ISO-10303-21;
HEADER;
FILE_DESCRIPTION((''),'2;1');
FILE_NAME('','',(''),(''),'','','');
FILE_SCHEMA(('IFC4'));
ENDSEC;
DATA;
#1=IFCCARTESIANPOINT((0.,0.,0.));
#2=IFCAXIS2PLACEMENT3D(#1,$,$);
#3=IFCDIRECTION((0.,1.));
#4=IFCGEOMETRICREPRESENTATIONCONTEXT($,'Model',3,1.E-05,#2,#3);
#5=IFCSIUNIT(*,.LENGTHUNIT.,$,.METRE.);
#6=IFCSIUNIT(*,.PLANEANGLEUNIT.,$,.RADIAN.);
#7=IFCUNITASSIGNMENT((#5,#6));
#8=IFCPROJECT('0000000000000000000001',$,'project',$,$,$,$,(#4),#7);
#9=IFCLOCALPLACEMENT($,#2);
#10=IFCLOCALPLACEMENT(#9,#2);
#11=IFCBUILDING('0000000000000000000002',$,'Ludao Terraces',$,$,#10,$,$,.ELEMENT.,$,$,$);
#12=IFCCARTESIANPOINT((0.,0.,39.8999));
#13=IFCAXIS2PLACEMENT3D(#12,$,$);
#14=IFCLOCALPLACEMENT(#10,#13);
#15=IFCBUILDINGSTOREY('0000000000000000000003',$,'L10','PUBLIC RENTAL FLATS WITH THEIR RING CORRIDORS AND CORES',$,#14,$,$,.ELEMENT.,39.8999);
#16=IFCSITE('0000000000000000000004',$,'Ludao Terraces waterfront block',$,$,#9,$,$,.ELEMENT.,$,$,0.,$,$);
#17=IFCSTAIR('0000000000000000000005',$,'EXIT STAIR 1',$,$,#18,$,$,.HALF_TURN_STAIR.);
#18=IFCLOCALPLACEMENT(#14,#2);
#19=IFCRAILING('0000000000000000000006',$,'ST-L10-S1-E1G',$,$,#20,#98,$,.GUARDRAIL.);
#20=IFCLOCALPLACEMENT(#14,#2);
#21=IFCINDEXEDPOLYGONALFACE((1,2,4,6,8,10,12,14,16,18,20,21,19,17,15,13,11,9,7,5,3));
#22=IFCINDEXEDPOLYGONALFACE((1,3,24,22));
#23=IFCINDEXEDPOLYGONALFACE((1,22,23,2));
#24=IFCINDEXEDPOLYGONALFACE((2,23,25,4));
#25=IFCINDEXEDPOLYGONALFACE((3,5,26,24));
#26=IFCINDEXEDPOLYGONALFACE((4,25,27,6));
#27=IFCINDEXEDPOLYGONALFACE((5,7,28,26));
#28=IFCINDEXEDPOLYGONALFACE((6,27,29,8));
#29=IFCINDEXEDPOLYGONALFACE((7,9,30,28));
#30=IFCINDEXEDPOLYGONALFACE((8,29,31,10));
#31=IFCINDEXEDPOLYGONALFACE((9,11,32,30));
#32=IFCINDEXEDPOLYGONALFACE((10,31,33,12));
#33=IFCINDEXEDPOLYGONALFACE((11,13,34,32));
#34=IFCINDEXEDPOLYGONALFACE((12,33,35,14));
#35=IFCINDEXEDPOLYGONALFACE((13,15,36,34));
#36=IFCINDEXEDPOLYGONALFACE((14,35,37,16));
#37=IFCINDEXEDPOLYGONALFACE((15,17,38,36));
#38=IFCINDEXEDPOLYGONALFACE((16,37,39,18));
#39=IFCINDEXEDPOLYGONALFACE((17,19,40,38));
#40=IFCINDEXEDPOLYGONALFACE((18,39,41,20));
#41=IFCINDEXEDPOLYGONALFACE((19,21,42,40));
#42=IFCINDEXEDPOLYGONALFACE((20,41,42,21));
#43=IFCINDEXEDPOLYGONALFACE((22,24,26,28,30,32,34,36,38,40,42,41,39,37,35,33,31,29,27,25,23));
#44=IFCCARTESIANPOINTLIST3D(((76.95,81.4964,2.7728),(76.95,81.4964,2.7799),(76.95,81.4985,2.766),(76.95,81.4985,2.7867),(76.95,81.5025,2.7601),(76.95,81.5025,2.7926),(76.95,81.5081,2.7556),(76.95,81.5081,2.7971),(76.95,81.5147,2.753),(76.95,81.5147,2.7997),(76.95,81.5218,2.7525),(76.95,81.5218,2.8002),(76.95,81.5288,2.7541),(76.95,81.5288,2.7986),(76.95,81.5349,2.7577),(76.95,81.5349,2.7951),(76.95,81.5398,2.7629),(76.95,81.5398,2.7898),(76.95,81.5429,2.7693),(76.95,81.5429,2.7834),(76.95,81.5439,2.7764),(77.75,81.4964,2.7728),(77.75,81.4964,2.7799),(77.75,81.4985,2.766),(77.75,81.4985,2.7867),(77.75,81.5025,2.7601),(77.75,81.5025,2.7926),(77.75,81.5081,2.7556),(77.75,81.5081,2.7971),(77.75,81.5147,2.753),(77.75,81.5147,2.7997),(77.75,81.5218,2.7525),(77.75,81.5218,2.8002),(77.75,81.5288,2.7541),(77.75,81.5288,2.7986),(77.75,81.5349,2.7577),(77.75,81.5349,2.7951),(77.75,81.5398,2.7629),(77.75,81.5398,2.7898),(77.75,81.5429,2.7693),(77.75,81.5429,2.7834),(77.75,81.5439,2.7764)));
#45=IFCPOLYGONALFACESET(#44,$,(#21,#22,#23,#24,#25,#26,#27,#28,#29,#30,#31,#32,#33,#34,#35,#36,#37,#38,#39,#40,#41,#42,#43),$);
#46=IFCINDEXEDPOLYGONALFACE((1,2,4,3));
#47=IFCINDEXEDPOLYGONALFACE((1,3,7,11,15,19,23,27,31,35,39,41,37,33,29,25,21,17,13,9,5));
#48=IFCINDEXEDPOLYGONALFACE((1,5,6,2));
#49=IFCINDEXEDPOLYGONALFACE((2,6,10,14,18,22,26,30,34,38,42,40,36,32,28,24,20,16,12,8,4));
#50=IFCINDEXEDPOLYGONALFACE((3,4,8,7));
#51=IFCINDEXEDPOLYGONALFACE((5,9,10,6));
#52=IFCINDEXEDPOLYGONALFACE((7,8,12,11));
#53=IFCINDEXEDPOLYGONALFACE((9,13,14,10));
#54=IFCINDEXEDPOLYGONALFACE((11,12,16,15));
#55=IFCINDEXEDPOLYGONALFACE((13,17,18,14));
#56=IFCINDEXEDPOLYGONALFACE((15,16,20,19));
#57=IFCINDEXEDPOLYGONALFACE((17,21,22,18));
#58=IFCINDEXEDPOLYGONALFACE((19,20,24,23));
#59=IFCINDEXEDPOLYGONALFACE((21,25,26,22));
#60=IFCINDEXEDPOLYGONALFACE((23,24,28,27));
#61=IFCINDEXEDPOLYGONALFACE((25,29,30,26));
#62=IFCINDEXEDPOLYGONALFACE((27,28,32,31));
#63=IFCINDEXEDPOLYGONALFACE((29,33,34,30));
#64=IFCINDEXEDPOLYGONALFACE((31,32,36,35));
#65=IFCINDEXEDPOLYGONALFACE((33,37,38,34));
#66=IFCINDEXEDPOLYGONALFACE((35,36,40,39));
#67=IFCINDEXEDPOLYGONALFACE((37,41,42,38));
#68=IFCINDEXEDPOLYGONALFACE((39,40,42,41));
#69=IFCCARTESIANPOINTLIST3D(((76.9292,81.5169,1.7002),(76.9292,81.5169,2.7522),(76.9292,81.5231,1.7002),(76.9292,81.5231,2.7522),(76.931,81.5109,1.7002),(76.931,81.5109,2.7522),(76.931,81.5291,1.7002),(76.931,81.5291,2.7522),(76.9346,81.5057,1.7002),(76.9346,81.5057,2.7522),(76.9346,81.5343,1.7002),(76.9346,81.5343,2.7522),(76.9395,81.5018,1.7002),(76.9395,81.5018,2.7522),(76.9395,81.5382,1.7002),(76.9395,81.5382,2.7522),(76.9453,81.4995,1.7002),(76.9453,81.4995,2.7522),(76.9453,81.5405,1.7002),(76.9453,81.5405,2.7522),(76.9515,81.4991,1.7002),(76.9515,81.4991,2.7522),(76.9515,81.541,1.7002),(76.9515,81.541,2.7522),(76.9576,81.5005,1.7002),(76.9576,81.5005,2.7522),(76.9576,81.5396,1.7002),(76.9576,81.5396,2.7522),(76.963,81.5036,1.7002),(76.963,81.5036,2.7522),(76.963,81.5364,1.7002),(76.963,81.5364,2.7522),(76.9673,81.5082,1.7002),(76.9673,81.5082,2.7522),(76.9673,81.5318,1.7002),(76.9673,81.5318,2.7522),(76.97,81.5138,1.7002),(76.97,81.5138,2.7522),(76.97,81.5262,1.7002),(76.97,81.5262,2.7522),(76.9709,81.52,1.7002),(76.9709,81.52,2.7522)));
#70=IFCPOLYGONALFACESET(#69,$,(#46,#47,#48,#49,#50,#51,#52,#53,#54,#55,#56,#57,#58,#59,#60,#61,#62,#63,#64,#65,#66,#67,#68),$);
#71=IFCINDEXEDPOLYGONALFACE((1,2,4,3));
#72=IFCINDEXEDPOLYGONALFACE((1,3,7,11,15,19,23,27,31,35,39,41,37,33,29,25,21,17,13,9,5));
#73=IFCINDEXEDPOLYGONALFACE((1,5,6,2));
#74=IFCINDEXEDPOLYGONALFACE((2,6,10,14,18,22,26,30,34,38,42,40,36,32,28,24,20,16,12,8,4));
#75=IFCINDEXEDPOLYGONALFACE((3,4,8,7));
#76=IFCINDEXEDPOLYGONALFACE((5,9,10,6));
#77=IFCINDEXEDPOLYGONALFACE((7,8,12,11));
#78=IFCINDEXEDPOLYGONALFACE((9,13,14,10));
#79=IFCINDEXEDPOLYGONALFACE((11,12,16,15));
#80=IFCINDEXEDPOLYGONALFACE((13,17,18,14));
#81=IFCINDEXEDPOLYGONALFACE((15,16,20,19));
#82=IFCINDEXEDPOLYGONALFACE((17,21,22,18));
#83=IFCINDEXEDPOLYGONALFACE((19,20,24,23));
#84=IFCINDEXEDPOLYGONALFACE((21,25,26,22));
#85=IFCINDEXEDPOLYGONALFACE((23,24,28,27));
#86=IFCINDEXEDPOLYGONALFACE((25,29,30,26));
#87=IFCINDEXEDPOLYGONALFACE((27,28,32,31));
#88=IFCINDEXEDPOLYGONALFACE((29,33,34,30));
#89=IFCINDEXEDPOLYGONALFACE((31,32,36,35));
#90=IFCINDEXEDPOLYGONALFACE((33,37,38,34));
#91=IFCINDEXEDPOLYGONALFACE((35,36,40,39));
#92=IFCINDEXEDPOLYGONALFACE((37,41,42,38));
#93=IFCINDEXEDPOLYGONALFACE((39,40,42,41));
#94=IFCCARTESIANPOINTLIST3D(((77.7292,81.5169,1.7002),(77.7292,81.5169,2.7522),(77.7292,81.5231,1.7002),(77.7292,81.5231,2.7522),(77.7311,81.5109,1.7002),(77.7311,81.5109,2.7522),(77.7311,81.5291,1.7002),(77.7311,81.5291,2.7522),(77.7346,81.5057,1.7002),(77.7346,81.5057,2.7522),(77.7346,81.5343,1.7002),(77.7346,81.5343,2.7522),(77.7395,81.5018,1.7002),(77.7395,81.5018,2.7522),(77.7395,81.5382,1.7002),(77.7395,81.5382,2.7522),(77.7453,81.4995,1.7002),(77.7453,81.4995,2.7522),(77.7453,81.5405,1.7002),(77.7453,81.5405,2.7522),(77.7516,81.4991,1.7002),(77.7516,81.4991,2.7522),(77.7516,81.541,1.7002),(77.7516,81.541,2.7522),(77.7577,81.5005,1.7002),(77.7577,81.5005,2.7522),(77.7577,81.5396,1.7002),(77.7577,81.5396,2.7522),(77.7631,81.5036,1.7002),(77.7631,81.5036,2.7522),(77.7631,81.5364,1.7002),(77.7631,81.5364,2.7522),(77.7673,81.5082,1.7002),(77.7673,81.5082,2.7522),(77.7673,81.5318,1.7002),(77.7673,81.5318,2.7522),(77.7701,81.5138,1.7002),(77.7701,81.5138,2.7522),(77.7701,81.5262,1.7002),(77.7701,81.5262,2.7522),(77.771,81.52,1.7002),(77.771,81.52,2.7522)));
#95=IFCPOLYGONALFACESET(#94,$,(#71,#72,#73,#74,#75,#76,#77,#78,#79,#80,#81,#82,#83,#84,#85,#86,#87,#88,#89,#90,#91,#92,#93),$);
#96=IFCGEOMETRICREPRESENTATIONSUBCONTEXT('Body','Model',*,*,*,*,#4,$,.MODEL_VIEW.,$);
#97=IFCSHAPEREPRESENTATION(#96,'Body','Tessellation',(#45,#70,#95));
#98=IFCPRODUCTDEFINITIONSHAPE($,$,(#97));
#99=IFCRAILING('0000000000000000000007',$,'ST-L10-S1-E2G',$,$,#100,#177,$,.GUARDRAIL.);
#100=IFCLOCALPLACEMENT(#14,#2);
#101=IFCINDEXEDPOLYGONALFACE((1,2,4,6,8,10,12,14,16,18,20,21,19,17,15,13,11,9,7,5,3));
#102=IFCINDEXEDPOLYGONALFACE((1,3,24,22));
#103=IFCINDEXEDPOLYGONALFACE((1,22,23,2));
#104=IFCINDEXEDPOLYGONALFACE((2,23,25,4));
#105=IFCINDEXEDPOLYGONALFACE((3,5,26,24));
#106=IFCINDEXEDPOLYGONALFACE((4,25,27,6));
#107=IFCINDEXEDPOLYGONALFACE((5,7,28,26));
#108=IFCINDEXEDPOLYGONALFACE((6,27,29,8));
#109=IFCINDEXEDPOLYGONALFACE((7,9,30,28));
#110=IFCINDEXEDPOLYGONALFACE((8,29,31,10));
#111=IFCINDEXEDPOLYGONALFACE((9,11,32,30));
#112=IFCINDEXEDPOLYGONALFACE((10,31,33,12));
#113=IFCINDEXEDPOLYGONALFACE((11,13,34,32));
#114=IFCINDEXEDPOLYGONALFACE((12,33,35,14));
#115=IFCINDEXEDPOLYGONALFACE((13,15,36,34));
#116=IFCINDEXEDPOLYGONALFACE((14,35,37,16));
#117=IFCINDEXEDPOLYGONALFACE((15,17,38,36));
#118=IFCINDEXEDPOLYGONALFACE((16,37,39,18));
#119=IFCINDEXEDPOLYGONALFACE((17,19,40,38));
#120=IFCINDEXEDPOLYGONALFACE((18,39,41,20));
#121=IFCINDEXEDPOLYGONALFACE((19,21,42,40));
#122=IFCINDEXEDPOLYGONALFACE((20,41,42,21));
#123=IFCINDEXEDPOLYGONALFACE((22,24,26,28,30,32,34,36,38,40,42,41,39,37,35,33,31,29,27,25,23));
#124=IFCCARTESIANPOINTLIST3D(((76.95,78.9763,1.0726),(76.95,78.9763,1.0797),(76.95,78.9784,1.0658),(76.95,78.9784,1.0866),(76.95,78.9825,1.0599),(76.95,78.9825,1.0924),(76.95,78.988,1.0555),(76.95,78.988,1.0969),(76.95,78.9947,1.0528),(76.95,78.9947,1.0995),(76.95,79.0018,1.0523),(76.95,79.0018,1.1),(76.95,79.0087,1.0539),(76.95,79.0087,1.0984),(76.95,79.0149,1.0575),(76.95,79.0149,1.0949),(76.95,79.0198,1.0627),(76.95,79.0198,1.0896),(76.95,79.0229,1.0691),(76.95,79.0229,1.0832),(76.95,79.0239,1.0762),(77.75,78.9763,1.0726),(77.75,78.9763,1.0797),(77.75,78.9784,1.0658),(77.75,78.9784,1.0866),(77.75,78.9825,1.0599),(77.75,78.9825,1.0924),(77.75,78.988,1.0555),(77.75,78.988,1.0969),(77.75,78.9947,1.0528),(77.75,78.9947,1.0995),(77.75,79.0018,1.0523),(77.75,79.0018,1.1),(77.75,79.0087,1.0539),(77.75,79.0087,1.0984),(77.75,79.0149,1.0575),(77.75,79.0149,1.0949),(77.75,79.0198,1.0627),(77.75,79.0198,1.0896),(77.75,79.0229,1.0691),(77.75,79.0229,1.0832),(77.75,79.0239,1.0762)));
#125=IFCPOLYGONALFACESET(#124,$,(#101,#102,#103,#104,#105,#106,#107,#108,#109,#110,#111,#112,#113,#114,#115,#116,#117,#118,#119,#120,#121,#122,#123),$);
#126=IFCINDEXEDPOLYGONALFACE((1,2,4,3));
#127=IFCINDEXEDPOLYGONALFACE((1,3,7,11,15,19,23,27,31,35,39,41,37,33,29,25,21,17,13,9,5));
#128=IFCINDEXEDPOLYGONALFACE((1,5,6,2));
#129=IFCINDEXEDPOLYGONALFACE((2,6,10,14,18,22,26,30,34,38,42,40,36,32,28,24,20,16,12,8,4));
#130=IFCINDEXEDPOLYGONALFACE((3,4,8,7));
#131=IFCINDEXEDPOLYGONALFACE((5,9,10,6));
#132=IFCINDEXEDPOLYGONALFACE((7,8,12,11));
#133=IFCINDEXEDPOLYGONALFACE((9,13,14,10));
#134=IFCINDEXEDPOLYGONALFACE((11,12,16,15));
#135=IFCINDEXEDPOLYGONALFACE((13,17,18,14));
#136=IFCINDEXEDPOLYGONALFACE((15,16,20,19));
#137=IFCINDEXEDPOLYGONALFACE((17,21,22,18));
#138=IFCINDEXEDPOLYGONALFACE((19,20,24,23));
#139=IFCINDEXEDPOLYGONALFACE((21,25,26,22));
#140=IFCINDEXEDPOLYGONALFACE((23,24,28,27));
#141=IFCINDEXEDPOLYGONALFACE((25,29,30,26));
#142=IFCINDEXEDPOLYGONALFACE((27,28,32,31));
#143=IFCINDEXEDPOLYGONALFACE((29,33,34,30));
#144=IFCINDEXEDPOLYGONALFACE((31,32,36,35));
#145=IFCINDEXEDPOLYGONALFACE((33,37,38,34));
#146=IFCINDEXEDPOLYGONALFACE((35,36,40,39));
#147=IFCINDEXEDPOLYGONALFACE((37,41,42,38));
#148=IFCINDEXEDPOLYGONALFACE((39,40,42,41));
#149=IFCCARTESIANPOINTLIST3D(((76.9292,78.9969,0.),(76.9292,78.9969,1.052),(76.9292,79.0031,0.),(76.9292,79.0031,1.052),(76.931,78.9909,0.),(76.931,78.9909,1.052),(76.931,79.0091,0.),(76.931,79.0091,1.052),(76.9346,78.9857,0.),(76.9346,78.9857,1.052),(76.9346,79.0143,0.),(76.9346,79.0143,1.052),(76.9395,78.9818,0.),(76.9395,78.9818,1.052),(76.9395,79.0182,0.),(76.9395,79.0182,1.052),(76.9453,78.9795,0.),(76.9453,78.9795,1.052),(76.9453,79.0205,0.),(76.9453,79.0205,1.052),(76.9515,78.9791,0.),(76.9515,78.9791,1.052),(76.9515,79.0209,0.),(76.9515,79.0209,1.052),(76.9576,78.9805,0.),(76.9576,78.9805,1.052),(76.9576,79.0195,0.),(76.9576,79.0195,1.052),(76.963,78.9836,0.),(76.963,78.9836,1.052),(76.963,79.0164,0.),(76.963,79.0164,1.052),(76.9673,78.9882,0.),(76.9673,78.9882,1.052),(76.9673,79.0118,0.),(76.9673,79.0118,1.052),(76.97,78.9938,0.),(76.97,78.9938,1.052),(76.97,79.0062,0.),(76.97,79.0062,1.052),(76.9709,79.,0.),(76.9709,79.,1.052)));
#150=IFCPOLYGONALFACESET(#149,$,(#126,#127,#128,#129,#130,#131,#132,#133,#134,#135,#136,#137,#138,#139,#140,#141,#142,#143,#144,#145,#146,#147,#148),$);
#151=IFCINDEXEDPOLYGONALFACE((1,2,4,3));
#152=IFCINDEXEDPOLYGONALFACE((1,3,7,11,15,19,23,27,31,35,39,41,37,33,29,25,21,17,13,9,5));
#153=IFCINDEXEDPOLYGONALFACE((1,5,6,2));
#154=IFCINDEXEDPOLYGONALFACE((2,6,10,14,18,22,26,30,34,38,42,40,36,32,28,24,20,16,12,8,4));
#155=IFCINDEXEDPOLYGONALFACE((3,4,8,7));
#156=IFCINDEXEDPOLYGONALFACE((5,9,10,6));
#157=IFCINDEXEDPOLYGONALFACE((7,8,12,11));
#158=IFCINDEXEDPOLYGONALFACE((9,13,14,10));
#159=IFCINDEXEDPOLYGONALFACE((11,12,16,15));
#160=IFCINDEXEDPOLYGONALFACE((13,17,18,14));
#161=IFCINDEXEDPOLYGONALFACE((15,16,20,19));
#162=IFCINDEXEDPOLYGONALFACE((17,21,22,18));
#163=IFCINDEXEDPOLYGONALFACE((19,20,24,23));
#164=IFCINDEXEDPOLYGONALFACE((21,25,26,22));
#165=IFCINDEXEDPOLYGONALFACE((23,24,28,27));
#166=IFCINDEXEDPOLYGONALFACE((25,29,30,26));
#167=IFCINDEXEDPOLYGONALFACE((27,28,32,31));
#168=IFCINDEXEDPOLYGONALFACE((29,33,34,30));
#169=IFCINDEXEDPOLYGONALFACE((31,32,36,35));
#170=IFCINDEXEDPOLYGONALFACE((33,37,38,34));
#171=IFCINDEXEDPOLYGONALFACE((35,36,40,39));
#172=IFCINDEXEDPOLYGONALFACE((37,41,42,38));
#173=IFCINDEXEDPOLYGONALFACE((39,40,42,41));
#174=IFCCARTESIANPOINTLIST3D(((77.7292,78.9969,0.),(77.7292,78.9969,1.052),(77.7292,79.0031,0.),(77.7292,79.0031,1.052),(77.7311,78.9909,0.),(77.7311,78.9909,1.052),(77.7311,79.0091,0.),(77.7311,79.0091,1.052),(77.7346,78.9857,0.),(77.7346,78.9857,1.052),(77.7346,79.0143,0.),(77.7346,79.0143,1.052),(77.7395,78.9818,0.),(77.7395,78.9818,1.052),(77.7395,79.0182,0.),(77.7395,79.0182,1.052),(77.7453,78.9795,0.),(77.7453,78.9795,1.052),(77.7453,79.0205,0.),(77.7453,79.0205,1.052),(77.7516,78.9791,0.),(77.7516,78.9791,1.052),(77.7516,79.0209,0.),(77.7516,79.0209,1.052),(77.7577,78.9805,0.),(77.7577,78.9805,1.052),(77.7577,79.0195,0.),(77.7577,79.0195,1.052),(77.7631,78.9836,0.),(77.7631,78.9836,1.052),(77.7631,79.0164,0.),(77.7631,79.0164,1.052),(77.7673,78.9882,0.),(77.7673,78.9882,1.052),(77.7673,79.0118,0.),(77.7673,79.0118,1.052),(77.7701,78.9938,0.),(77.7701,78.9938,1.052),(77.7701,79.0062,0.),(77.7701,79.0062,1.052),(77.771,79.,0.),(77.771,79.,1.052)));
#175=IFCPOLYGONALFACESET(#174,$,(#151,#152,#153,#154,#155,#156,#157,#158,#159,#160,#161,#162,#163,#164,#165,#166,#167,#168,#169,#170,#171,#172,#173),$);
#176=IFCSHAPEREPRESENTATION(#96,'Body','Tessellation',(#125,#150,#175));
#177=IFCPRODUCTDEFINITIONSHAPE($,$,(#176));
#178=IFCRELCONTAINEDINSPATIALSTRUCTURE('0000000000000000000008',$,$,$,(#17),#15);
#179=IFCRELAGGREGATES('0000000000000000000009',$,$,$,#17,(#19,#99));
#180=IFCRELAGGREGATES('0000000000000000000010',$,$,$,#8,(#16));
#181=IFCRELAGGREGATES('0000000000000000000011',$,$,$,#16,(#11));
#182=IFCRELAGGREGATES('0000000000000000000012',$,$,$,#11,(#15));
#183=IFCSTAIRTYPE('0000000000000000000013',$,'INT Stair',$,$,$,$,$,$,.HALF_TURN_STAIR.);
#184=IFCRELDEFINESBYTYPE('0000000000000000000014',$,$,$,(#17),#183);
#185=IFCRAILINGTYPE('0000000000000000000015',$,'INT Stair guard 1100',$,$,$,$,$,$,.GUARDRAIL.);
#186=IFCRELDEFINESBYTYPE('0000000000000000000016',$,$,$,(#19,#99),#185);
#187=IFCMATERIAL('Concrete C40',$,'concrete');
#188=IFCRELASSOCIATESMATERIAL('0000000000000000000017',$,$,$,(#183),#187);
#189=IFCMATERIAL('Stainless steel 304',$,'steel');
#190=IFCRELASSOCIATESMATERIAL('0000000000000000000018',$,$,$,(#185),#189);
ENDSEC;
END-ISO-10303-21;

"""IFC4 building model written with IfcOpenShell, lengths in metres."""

from ifc_helpers import new_model, si_unit, direction, frame, origin, origin_2d, place, context, subcontext, project, spatial, circle, extrude, material, type_object, element, aggregate, save


model = new_model("IFC4")

# Units and contexts
model_context = context("Model", 3, precision=1e-05, world=origin(), true_north=direction((0.0, 1.0)))
body_context = subcontext(model_context, "Body", "Model", "MODEL_VIEW")
ifc_project = project(units=[si_unit("LENGTHUNIT", "METRE"), si_unit("PLANEANGLEUNIT", "RADIAN")], contexts=[model_context])

# Site, building, storey
site_placement = place(None, origin())
site = spatial("IfcSite", under=ifc_project, at=site_placement, Name="Ludao Terraces waterfront block", CompositionType="ELEMENT", RefElevation=0.0)
building_placement = place(site_placement, origin())
building = spatial("IfcBuilding", under=site, at=building_placement, Name="Ludao Terraces", CompositionType="ELEMENT")
storey_placement = place(building_placement, frame((0.0, 0.0, 39.8999)))
storey = spatial("IfcBuildingStorey", under=building, at=storey_placement, Name="L10", Description="PUBLIC RENTAL FLATS WITH THEIR RING CORRIDORS AND CORES", CompositionType="ELEMENT", Elevation=39.8999)

# Shared definitions
ifc_material_1 = material(Name="Concrete C40", Category="concrete")

# Shared definitions
ifc_material_2 = material(Name="Stainless steel 304", Category="steel")

# Stair, railings
stair_type = type_object("IfcStairType", Name="INT Stair", PredefinedType="HALF_TURN_STAIR", material=ifc_material_1)
stair_placement = place(storey_placement, origin())
stair = element("IfcStair", 1, at=stair_placement, inside=storey, type_object=stair_type, Name="EXIT STAIR 1", PredefinedType="HALF_TURN_STAIR")
railing_type_1 = type_object("IfcRailingType", Name="INT Stair guard 1100", PredefinedType="GUARDRAIL", material=ifc_material_2)
railing_1_placement = place(storey_placement, frame((76.95, 81.52, 1.7002)))
railing_1 = element("IfcRailing", 2, at=railing_1_placement, type_object=railing_type_1, Name="ST-L10-S1-E1G", PredefinedType="GUARDRAIL", context=body_context, shape_type="SweptSolid", body=[
    extrude(circle(Radius=0.0239, at=origin_2d()), frame((0.0, 0.0, 1.0762), z_axis=(1.0, 0.0, 0.0), x_axis=(0.0, 1.0, 0.0)), (0.0, 0.0, 1.0), 0.8),
    extrude(circle(Radius=0.021, at=origin_2d()), origin(), (0.0, 0.0, 1.0), 1.052),
    extrude(circle(Radius=0.021, at=origin_2d()), frame((0.8, 0.0, 0.0)), (0.0, 0.0, 1.0), 1.052),
])
railing_2_placement = place(storey_placement, frame((76.95, 79.0, 0.0)))
railing_2 = element("IfcRailing", 3, at=railing_2_placement, type_object=railing_type_1, Name="ST-L10-S1-E2G", PredefinedType="GUARDRAIL", context=body_context, shape_type="SweptSolid", body=[
    extrude(circle(Radius=0.0239, at=origin_2d()), frame((0.0, 0.0, 1.0762), z_axis=(1.0, 0.0, 0.0), x_axis=(0.0, 1.0, 0.0)), (0.0, 0.0, 1.0), 0.8),
    extrude(circle(Radius=0.021, at=origin_2d()), origin(), (0.0, 0.0, 1.0), 1.052),
    extrude(circle(Radius=0.021, at=origin_2d()), frame((0.8, 0.0, 0.0)), (0.0, 0.0, 1.0), 1.052),
])
aggregate(stair, [railing_1, railing_2])

save(model, "model.ifc")
